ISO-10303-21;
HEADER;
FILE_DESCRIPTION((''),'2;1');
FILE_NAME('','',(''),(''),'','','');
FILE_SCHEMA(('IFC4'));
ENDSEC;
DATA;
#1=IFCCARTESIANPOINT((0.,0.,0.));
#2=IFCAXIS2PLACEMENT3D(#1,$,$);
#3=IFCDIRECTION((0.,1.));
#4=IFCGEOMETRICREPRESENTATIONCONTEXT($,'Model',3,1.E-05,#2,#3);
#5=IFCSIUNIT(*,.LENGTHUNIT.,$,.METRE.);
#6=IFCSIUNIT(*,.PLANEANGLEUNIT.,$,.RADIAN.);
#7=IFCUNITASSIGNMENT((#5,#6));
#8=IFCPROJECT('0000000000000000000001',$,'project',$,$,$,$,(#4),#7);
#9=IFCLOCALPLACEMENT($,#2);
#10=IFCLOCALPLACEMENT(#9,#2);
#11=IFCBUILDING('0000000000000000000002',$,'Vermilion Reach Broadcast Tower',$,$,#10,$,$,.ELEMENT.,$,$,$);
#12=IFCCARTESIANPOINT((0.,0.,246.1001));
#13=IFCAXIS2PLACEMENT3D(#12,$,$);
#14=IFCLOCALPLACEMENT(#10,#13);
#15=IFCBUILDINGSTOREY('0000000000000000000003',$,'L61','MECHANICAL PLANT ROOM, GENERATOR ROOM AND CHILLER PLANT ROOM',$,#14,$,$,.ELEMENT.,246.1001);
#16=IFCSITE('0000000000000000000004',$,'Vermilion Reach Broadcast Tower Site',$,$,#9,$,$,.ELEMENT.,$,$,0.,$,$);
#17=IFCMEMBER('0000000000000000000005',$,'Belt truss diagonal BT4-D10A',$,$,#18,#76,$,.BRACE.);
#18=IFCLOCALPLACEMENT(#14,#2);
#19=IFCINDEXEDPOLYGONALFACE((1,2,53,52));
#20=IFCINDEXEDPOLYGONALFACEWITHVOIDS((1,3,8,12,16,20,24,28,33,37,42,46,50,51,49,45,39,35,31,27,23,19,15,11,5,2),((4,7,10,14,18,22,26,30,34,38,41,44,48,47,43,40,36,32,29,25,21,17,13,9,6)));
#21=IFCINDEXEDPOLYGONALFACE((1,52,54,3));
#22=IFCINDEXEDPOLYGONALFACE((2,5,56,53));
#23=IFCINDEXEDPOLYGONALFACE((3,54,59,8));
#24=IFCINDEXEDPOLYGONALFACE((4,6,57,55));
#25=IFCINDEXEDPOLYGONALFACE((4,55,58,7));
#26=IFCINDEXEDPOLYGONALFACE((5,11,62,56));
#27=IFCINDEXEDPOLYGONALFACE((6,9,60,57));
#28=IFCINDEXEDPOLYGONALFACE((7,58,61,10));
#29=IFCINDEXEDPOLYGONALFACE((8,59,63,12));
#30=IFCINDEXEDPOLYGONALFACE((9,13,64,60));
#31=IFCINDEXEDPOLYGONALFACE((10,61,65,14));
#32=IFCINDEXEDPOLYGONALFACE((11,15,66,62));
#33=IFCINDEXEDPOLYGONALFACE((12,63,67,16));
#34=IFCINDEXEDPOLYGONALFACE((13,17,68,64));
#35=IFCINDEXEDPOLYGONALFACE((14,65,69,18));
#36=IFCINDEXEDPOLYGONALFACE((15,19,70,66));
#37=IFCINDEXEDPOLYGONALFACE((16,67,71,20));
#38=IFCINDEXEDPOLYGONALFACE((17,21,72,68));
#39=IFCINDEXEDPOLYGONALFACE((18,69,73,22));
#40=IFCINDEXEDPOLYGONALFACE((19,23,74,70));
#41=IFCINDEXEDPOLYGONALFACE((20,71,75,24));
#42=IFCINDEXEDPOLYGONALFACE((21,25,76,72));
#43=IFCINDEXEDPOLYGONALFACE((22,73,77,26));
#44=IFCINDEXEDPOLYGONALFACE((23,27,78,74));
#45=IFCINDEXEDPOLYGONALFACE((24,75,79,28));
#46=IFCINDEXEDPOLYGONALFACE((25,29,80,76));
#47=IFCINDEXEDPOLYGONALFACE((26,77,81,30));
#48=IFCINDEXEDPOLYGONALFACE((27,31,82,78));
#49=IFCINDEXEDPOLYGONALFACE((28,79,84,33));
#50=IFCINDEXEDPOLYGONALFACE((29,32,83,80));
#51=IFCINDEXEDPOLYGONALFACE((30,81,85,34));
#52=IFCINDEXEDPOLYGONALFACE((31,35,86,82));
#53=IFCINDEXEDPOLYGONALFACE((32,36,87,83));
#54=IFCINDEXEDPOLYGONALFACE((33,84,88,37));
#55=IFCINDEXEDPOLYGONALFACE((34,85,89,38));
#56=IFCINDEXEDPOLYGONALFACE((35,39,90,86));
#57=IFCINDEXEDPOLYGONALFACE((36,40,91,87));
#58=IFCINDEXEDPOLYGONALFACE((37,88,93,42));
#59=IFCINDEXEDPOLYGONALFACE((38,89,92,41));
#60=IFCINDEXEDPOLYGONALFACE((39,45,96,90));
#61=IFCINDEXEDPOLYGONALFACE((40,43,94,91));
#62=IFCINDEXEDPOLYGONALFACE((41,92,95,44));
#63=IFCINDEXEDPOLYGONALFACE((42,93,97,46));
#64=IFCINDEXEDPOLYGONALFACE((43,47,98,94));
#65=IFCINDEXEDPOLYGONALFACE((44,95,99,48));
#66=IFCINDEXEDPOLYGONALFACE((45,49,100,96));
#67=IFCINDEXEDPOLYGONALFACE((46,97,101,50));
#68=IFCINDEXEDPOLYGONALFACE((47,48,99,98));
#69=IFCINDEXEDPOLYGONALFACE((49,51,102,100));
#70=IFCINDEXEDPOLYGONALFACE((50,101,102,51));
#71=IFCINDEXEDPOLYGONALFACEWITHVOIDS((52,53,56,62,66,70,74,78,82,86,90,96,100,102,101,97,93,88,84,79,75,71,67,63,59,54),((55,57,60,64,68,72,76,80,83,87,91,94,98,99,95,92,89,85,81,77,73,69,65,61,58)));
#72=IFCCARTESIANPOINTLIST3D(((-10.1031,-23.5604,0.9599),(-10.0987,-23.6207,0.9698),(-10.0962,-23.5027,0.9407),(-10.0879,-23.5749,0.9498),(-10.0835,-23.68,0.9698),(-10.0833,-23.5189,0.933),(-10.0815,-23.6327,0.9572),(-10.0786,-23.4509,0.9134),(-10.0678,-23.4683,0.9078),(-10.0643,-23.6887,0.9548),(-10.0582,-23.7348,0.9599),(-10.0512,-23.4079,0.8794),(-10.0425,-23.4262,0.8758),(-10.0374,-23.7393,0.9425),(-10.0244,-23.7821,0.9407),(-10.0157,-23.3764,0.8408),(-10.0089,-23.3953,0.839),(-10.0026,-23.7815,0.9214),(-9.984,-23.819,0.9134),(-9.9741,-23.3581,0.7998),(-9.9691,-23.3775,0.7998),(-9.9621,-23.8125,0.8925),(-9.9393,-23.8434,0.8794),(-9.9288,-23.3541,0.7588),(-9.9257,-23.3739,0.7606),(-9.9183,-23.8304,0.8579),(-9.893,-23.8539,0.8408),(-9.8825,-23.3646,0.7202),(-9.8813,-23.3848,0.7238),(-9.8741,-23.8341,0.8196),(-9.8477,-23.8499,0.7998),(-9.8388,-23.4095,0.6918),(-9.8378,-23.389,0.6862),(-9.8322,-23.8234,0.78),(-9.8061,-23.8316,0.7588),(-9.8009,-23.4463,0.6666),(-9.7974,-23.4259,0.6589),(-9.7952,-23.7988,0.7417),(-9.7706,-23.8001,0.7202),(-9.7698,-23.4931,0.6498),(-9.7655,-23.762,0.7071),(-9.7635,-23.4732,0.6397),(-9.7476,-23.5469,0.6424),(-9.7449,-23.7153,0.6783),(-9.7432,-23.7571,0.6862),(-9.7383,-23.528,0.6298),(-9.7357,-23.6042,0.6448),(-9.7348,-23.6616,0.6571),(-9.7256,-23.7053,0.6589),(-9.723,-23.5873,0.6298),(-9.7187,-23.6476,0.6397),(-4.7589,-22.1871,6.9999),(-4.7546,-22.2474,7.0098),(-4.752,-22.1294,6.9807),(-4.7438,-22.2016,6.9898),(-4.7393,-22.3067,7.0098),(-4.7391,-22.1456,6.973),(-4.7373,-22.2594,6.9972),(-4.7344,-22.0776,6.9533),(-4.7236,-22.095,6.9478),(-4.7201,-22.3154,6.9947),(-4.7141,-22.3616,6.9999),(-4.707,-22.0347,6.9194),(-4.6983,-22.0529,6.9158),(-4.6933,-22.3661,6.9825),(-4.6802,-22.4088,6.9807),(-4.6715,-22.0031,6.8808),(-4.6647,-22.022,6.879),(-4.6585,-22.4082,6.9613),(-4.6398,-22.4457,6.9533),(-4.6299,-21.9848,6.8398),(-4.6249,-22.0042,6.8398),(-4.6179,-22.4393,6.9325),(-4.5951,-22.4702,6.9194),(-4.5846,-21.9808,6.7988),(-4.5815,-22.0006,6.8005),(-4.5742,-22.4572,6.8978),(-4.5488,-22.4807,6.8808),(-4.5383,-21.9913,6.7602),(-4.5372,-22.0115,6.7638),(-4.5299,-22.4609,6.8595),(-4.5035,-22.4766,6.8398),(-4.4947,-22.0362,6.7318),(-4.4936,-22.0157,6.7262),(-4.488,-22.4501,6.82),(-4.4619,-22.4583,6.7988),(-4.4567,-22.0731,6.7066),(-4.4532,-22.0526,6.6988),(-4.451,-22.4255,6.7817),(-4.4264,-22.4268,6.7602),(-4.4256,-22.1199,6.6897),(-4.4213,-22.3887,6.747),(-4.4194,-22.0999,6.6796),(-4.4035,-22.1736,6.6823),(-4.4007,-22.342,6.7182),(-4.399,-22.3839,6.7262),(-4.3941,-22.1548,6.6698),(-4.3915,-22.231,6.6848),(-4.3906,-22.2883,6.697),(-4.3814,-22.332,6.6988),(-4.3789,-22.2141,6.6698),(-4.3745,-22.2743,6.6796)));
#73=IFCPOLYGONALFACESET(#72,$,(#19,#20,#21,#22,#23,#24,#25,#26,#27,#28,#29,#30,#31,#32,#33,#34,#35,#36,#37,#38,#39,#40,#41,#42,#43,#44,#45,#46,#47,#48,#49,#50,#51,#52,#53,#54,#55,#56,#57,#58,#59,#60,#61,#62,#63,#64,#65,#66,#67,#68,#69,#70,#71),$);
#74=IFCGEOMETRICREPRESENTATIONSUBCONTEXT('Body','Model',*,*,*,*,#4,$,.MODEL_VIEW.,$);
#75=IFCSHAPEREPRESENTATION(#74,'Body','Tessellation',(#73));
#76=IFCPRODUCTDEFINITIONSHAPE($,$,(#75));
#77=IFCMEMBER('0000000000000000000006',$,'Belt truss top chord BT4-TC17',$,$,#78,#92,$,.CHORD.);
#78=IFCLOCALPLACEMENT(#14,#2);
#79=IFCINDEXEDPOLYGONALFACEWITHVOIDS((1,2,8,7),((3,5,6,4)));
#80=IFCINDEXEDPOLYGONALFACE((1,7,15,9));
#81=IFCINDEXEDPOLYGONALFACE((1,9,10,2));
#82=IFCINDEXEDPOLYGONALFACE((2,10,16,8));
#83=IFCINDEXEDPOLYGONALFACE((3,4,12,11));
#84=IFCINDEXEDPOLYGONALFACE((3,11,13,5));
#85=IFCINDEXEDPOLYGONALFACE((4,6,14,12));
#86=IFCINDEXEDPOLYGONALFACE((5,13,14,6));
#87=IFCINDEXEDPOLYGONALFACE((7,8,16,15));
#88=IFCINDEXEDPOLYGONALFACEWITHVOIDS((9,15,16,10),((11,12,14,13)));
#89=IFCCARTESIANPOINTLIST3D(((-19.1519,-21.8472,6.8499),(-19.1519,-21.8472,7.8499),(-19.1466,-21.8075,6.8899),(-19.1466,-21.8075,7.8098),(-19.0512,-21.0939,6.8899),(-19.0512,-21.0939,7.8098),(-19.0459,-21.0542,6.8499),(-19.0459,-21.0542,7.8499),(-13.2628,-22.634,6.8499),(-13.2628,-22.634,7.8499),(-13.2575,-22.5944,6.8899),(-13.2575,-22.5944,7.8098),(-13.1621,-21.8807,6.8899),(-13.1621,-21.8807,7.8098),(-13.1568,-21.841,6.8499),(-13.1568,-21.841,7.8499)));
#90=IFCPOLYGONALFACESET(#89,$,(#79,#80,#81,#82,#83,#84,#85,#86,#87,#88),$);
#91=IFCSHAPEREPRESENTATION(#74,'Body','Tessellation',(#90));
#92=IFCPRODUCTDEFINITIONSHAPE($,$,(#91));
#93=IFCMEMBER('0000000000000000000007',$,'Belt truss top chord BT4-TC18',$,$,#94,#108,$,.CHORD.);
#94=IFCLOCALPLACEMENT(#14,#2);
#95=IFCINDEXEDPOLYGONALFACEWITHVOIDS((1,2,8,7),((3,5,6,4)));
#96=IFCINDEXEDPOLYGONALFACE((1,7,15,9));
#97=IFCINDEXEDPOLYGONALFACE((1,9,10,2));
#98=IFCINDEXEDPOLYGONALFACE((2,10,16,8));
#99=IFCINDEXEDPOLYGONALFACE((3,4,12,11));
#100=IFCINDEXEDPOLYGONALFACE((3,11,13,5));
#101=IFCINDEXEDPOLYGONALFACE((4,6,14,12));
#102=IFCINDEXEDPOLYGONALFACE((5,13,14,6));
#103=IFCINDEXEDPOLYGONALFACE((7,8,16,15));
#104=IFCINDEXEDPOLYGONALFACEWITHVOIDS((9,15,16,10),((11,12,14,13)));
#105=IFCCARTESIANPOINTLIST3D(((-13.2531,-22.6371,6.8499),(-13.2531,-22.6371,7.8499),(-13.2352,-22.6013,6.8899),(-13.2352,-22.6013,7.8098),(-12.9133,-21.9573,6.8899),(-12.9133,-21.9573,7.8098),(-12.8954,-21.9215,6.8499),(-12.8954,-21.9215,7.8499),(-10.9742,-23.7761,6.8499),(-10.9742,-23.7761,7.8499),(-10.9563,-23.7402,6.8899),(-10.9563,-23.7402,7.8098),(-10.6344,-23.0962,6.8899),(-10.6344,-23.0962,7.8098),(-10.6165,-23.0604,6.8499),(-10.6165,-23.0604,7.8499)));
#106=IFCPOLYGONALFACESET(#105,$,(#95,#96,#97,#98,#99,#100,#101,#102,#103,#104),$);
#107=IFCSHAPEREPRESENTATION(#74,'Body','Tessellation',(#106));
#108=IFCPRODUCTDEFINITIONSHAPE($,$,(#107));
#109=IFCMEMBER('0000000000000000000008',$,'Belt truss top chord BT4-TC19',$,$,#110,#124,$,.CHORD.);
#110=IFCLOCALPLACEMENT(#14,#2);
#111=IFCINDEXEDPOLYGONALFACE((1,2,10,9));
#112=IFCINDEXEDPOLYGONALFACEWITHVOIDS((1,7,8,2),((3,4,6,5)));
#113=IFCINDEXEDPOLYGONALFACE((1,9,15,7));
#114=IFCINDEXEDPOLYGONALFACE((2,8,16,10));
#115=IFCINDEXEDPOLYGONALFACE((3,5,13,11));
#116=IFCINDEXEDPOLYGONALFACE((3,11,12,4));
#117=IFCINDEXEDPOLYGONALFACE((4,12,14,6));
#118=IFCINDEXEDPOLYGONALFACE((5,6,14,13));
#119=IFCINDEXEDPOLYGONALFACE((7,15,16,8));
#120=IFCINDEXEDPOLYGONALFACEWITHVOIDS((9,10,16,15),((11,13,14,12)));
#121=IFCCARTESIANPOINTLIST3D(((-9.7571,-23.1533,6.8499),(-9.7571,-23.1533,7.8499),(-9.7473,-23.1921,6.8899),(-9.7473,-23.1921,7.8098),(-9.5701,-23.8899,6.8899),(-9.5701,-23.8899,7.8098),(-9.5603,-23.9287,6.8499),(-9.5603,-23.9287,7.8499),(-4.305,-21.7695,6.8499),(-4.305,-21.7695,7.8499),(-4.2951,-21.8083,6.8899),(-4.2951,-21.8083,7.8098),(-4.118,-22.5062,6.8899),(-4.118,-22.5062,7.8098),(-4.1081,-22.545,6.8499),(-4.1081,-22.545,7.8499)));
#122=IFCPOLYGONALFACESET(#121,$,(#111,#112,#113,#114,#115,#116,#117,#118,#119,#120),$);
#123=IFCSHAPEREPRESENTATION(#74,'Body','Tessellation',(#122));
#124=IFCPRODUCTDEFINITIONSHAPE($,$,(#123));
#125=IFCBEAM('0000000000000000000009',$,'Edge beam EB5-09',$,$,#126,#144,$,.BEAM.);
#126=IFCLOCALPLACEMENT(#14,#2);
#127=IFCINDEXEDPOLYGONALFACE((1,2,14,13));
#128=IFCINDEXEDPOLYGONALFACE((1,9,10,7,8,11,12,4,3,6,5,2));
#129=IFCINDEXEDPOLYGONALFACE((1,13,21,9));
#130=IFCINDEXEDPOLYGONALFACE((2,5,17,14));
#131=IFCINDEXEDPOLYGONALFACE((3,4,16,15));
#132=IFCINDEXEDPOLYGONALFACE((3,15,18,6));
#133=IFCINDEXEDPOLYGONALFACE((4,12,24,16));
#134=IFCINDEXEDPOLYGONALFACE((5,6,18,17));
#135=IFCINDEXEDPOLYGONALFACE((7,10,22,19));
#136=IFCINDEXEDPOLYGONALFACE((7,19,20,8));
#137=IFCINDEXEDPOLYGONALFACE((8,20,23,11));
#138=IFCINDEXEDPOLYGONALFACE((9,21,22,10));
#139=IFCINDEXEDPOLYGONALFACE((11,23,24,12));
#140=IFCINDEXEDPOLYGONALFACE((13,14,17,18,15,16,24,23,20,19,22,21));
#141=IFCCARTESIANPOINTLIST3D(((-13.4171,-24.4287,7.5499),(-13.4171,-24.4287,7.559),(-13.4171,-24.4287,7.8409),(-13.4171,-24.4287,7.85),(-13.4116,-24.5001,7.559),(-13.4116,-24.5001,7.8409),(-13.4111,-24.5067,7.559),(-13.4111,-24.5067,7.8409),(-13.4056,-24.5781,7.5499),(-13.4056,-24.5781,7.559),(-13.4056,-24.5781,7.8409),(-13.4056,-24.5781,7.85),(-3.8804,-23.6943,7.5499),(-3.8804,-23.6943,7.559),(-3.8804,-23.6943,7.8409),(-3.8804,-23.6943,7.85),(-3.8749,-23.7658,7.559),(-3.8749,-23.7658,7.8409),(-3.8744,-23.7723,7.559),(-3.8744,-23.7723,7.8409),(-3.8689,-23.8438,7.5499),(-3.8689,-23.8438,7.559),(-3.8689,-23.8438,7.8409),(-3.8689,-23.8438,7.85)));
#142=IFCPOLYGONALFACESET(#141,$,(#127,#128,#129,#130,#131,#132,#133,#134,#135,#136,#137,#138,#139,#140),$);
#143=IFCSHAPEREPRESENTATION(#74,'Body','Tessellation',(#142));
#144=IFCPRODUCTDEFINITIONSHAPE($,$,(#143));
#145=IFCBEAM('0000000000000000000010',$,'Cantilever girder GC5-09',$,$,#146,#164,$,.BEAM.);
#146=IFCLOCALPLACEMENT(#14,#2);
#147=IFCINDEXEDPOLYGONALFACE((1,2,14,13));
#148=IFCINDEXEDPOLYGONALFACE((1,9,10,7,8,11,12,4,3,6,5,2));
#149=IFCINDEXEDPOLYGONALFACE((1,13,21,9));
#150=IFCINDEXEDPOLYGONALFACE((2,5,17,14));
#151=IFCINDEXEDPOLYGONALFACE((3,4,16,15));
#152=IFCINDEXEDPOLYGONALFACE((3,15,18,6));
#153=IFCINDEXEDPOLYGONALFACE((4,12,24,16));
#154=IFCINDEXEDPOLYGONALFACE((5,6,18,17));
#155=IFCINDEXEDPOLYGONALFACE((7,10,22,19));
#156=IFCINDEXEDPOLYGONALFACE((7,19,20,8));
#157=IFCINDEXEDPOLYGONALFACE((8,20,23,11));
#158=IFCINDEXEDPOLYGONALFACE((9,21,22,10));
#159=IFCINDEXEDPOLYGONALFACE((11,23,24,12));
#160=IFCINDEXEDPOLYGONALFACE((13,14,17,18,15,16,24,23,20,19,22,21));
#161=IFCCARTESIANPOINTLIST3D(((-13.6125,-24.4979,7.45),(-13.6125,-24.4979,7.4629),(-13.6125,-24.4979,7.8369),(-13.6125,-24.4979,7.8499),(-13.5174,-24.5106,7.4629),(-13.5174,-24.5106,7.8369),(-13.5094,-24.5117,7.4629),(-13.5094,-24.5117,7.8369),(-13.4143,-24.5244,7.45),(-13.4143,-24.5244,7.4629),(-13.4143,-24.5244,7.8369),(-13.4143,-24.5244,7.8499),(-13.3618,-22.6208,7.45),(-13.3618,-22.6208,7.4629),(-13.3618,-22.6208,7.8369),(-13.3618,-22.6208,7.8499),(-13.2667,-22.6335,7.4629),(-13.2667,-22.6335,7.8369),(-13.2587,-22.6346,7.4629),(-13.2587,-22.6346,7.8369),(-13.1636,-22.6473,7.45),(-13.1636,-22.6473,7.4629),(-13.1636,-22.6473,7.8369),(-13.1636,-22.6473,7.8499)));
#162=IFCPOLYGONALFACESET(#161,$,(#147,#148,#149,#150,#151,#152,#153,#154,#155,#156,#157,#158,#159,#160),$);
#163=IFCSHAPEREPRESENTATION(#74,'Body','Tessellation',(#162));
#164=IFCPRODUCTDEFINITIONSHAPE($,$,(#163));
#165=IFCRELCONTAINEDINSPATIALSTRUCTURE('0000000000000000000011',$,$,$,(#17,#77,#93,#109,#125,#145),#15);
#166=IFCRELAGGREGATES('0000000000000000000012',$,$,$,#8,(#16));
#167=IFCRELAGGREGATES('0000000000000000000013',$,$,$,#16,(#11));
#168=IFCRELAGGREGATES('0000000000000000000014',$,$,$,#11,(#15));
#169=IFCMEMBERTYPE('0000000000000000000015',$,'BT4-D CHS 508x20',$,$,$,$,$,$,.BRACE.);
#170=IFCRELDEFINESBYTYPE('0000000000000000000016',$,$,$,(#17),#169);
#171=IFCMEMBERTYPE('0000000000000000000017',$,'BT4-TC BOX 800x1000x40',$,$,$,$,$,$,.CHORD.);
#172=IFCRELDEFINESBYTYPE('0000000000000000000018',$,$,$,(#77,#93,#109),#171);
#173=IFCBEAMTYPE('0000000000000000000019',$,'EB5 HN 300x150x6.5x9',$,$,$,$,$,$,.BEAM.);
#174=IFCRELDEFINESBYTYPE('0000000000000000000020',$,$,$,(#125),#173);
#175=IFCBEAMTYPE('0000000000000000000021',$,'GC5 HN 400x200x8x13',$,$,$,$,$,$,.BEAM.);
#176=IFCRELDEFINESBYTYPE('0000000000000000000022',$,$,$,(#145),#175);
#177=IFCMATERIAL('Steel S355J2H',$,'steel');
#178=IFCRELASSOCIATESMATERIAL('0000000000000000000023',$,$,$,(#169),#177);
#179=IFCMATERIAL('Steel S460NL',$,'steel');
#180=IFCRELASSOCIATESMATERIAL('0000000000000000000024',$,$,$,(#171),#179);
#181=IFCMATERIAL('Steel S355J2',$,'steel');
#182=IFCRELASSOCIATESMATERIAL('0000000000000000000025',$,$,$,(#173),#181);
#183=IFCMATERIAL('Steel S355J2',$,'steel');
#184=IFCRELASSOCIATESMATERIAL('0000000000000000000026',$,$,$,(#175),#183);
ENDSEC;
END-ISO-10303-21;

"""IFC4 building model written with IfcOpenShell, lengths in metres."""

from ifc_helpers import new_model, si_unit, direction, frame, origin, origin_2d, place, context, subcontext, project, spatial, hollow_rectangle, hollow_circle, i_section, extrude, material, material_profile, profile_set, type_object, element, save


model = new_model("IFC4")

# Units and contexts
model_context = context("Model", 3, precision=1e-05, world=origin(), true_north=direction((0.0, 1.0)))
body_context = subcontext(model_context, "Body", "Model", "MODEL_VIEW")
ifc_project = project(units=[si_unit("LENGTHUNIT", "METRE"), si_unit("PLANEANGLEUNIT", "RADIAN")], contexts=[model_context])

# Site, building, storey
site_placement = place(None, origin())
site = spatial("IfcSite", under=ifc_project, at=site_placement, Name="Vermilion Reach Broadcast Tower Site", CompositionType="ELEMENT", RefElevation=0.0)
building_placement = place(site_placement, origin())
building = spatial("IfcBuilding", under=site, at=building_placement, Name="Vermilion Reach Broadcast Tower", CompositionType="ELEMENT")
storey_placement = place(building_placement, frame((0.0, 0.0, 246.1001)))
storey = spatial("IfcBuildingStorey", under=building, at=storey_placement, Name="L61", Description="MECHANICAL PLANT ROOM, GENERATOR ROOM AND CHILLER PLANT ROOM", CompositionType="ELEMENT", Elevation=246.1001)

# Members
ifc_material_1 = material(Name="Steel S355J2H", Category="steel")
ifc_material_profile_1 = material_profile(ifc_material_1, hollow_circle(Radius=0.2539, WallThickness=0.02, at=origin_2d()), Name="S355J2H CHS 508x20")
ifc_profile_set_1 = profile_set([ifc_material_profile_1], Name="Steel S355J2H")
member_type_1 = type_object("IfcMemberType", Name="BT4-D CHS 508x20", PredefinedType="BRACE", material=ifc_profile_set_1)
member_1_placement = place(storey_placement, frame((-9.9109, -23.604, 0.7998), z_axis=(0.653249, 0.167863, 0.7383), x_axis=(-0.248881, 0.968534, 0.0)))
element("IfcMember", 1, at=member_1_placement, inside=storey, type_object=member_type_1, Name="Belt truss diagonal BT4-D10A", PredefinedType="BRACE", context=body_context, shape_type="SweptSolid", body=[
    extrude(hollow_circle(Radius=0.2539, WallThickness=0.02, at=origin_2d()), origin(), (0.0, 0.0, 1.0), 8.1809),
])
ifc_material_2 = material(Name="Steel S460NL", Category="steel")
ifc_material_profile_2 = material_profile(ifc_material_2, hollow_rectangle(XDim=0.8, YDim=1.0, WallThickness=0.04, at=origin_2d()), Name="S460NL BOX 800x1000x40")
ifc_profile_set_2 = profile_set([ifc_material_profile_2], Name="Steel S460NL")
member_type_2 = type_object("IfcMemberType", Name="BT4-TC BOX 800x1000x40", PredefinedType="CHORD", material=ifc_profile_set_2)
member_2_placement = place(storey_placement, frame((-19.0989, -21.4507, 7.3499), z_axis=(0.991192, -0.132436, 0.0), x_axis=(0.132436, 0.991192, 0.0)))
element("IfcMember", 2, at=member_2_placement, inside=storey, type_object=member_type_2, Name="Belt truss top chord BT4-TC17", PredefinedType="CHORD", context=body_context, shape_type="SweptSolid", body=[
    extrude(hollow_rectangle(XDim=0.8, YDim=1.0, WallThickness=0.04, at=origin_2d()), origin(), (0.0, 0.0, 1.0), 5.9414),
])
member_3_placement = place(storey_placement, frame((-13.0742, -22.2793, 7.3499), z_axis=(0.894504, -0.44706, 0.0), x_axis=(0.44706, 0.894504, 0.0)))
element("IfcMember", 3, at=member_3_placement, inside=storey, type_object=member_type_2, Name="Belt truss top chord BT4-TC18", PredefinedType="CHORD", context=body_context, shape_type="SweptSolid", body=[
    extrude(hollow_rectangle(XDim=0.8, YDim=1.0, WallThickness=0.04, at=origin_2d()), origin(), (0.0, 0.0, 1.0), 2.5476),
])
member_4_placement = place(storey_placement, frame((-9.6587, -23.541, 7.3499), z_axis=(0.969268, 0.246006, 0.0), x_axis=(-0.246006, 0.969268, 0.0)))
element("IfcMember", 4, at=member_4_placement, inside=storey, type_object=member_type_2, Name="Belt truss top chord BT4-TC19", PredefinedType="CHORD", context=body_context, shape_type="SweptSolid", body=[
    extrude(hollow_rectangle(XDim=0.8, YDim=1.0, WallThickness=0.04, at=origin_2d()), origin(), (0.0, 0.0, 1.0), 5.625),
])

# Beams
ifc_material_3 = material(Name="Steel S355J2", Category="steel")
ifc_material_profile_3 = material_profile(ifc_material_3, i_section(OverallWidth=0.1499, OverallDepth=0.3, WebThickness=0.0066, FlangeThickness=0.009, at=origin_2d()), Name="S355J2 HN 300x150x6.5x9")
ifc_profile_set_3 = profile_set([ifc_material_profile_3], Name="Steel S355J2")
beam_type_1 = type_object("IfcBeamType", Name="EB5 HN 300x150x6.5x9", PredefinedType="BEAM", material=ifc_profile_set_3)
beam_1_placement = place(storey_placement, frame((-13.4114, -24.5034, 7.7), z_axis=(0.997048, 0.076778, 0.0), x_axis=(-0.076778, 0.997048, 0.0)))
element("IfcBeam", 5, at=beam_1_placement, inside=storey, type_object=beam_type_1, Name="Edge beam EB5-09", PredefinedType="BEAM", context=body_context, shape_type="SweptSolid", body=[
    extrude(i_section(OverallWidth=0.1499, OverallDepth=0.3, WebThickness=0.0066, FlangeThickness=0.009, at=origin_2d()), origin(), (0.0, 0.0, 1.0), 9.5649),
])
ifc_material_4 = material(Name="Steel S355J2", Category="steel")
ifc_material_profile_4 = material_profile(ifc_material_4, i_section(OverallWidth=0.2, OverallDepth=0.3999, WebThickness=0.0081, FlangeThickness=0.0129, at=origin_2d()), Name="S355J2 HN 400x200x8x13")
ifc_profile_set_4 = profile_set([ifc_material_profile_4], Name="Steel S355J2")
beam_type_2 = type_object("IfcBeamType", Name="GC5 HN 400x200x8x13", PredefinedType="BEAM", material=ifc_profile_set_4)
beam_2_placement = place(storey_placement, frame((-13.2627, -22.634, 7.6499), z_axis=(-0.132392, -0.991197, 0.0), x_axis=(0.991197, -0.132392, 0.0)))
element("IfcBeam", 6, at=beam_2_placement, inside=storey, type_object=beam_type_2, Name="Cantilever girder GC5-09", PredefinedType="BEAM", context=body_context, shape_type="SweptSolid", body=[
    extrude(i_section(OverallWidth=0.2, OverallDepth=0.3999, WebThickness=0.0081, FlangeThickness=0.0129, at=origin_2d()), origin(), (0.0, 0.0, 1.0), 1.8938),
])

save(model, "model.ifc")
